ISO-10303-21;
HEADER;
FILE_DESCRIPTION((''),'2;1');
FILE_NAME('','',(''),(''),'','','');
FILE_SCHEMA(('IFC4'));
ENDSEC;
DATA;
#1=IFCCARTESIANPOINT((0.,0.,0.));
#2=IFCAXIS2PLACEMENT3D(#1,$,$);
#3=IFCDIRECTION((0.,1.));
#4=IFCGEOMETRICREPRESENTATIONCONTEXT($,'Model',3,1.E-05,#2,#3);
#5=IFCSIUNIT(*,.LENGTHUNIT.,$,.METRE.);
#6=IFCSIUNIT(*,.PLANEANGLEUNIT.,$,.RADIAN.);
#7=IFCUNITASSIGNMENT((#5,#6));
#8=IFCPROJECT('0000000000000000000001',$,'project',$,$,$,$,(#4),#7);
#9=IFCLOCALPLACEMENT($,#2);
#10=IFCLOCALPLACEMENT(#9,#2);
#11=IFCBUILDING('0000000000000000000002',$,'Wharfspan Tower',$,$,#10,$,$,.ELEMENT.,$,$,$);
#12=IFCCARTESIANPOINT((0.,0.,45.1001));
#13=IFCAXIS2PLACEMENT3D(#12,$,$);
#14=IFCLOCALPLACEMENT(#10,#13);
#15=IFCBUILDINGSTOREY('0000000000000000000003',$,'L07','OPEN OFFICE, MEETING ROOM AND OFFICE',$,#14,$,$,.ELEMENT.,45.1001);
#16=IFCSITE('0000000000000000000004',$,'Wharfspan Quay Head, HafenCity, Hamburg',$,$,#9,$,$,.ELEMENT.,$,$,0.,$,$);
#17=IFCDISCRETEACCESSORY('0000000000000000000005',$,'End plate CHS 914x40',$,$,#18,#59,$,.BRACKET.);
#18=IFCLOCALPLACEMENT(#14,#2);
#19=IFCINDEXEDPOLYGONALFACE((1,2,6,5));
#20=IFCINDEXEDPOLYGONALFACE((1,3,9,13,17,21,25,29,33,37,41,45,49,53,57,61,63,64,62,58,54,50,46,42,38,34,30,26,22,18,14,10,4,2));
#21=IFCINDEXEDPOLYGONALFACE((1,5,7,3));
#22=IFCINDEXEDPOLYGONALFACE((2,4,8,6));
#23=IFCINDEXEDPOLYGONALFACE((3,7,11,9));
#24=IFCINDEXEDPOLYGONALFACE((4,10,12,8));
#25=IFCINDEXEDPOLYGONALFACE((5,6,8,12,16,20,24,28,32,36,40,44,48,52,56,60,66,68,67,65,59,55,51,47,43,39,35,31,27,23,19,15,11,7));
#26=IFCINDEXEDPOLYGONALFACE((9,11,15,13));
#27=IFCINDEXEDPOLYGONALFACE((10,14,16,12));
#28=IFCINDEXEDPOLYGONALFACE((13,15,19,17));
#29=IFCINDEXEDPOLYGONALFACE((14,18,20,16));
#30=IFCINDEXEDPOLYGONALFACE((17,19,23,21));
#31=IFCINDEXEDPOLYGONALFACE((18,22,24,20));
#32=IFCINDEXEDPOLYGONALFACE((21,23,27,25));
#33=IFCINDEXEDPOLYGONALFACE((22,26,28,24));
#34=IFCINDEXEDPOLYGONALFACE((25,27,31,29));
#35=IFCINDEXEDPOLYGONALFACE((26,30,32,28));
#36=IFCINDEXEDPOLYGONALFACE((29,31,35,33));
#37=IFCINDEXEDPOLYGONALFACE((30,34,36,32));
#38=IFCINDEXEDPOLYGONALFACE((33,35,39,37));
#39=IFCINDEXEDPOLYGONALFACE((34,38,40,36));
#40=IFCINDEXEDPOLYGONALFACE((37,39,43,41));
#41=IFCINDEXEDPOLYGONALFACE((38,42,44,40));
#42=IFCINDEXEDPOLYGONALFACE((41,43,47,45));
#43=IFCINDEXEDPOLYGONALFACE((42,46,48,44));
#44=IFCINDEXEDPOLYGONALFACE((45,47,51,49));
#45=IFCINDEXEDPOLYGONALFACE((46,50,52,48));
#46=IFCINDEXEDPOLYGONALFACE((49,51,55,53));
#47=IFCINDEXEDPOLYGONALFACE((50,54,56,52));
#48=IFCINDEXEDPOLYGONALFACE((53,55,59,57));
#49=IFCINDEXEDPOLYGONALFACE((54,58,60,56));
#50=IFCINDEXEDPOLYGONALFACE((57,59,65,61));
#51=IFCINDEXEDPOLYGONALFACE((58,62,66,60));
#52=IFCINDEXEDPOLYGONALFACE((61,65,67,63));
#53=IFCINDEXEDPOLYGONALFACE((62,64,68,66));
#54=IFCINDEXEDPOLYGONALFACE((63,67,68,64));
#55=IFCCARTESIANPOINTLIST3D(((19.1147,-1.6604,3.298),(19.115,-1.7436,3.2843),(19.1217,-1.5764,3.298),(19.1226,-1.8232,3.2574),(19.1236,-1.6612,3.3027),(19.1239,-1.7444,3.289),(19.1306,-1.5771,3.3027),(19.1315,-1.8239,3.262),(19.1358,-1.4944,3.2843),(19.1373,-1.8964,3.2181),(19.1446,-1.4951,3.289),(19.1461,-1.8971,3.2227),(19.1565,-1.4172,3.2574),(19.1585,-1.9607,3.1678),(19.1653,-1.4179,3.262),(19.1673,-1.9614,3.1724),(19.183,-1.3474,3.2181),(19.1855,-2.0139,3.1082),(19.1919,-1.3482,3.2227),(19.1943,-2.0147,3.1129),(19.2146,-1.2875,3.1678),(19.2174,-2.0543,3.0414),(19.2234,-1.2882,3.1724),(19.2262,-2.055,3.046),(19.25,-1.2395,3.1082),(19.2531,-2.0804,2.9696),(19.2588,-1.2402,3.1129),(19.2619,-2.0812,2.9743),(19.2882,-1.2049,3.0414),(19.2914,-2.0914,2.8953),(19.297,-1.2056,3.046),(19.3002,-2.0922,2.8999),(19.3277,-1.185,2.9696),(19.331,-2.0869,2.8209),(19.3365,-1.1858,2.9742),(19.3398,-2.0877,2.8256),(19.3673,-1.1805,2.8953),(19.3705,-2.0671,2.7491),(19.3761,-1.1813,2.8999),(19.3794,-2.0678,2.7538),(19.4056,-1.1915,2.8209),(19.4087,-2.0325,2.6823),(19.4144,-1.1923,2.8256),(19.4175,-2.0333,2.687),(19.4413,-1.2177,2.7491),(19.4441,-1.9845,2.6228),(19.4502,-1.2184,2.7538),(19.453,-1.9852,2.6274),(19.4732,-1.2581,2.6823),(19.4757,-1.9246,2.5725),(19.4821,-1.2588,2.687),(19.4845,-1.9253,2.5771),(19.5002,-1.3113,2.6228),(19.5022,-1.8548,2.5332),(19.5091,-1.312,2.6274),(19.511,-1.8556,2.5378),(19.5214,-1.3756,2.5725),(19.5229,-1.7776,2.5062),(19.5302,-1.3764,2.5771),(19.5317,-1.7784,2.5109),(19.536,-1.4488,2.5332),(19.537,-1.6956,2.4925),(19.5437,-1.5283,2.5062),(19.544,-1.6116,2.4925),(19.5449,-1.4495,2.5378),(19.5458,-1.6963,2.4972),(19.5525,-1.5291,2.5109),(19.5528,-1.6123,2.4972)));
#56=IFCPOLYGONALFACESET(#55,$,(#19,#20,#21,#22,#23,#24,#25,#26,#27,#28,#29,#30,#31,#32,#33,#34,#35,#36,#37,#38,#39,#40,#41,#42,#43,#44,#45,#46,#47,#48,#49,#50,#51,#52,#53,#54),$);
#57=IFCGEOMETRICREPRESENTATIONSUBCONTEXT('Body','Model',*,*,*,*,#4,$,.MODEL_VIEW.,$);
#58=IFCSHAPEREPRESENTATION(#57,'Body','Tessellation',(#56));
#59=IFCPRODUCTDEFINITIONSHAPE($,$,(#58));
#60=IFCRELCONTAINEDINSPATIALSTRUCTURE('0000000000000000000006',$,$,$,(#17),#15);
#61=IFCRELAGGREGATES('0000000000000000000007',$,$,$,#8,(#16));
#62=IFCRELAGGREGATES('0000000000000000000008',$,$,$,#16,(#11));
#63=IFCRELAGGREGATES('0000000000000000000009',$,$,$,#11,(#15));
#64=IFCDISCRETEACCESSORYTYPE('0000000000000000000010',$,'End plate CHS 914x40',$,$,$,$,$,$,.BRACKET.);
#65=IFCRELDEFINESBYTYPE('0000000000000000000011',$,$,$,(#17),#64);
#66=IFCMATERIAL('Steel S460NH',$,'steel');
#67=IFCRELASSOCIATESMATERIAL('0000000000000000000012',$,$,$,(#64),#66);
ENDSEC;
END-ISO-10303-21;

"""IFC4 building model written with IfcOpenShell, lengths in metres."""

from ifc_helpers import new_model, si_unit, direction, frame, origin, origin_2d, place, context, subcontext, project, spatial, circle, extrude, material, material_profile, profile_set, type_object, element, save


model = new_model("IFC4")

# Units and contexts
model_context = context("Model", 3, precision=1e-05, world=origin(), true_north=direction((0.0, 1.0)))
body_context = subcontext(model_context, "Body", "Model", "MODEL_VIEW")
ifc_project = project(units=[si_unit("LENGTHUNIT", "METRE"), si_unit("PLANEANGLEUNIT", "RADIAN")], contexts=[model_context])

# Site, building, storey
site_placement = place(None, origin())
site = spatial("IfcSite", under=ifc_project, at=site_placement, Name="Wharfspan Quay Head, HafenCity, Hamburg", CompositionType="ELEMENT", RefElevation=0.0)
building_placement = place(site_placement, origin())
building = spatial("IfcBuilding", under=site, at=building_placement, Name="Wharfspan Tower", CompositionType="ELEMENT")
storey_placement = place(building_placement, frame((0.0, 0.0, 45.1001)))
storey = spatial("IfcBuildingStorey", under=building, at=storey_placement, Name="L07", Description="OPEN OFFICE, MEETING ROOM AND OFFICE", CompositionType="ELEMENT", Elevation=45.1001)

# Shared definitions
ifc_material_1 = material(Name="Steel S460NH", Category="steel")

# Discrete accessory
ifc_material_profile_1 = material_profile(ifc_material_1, circle(Radius=0.457, at=origin_2d()))
ifc_profile_set_1 = profile_set([ifc_material_profile_1], Name="Steel S460NH")
discrete_accessory_type = type_object("IfcDiscreteAccessoryType", Name="End plate CHS 914x40", PredefinedType="BRACKET", material=ifc_profile_set_1)
discrete_accessory_placement = place(storey_placement, frame((19.3293, -1.636, 2.8953), z_axis=(0.881993, -0.073499, 0.465496), x_axis=(0.083046, 0.996545, -0.000002)))
element("IfcDiscreteAccessory", 1, at=discrete_accessory_placement, inside=storey, type_object=discrete_accessory_type, Name="End plate CHS 914x40", PredefinedType="BRACKET", context=body_context, shape_type="SweptSolid", body=[
    extrude(circle(Radius=0.457, at=origin_2d()), origin(), (0.0, 0.0, 1.0), 0.01),
])

save(model, "model.ifc")
